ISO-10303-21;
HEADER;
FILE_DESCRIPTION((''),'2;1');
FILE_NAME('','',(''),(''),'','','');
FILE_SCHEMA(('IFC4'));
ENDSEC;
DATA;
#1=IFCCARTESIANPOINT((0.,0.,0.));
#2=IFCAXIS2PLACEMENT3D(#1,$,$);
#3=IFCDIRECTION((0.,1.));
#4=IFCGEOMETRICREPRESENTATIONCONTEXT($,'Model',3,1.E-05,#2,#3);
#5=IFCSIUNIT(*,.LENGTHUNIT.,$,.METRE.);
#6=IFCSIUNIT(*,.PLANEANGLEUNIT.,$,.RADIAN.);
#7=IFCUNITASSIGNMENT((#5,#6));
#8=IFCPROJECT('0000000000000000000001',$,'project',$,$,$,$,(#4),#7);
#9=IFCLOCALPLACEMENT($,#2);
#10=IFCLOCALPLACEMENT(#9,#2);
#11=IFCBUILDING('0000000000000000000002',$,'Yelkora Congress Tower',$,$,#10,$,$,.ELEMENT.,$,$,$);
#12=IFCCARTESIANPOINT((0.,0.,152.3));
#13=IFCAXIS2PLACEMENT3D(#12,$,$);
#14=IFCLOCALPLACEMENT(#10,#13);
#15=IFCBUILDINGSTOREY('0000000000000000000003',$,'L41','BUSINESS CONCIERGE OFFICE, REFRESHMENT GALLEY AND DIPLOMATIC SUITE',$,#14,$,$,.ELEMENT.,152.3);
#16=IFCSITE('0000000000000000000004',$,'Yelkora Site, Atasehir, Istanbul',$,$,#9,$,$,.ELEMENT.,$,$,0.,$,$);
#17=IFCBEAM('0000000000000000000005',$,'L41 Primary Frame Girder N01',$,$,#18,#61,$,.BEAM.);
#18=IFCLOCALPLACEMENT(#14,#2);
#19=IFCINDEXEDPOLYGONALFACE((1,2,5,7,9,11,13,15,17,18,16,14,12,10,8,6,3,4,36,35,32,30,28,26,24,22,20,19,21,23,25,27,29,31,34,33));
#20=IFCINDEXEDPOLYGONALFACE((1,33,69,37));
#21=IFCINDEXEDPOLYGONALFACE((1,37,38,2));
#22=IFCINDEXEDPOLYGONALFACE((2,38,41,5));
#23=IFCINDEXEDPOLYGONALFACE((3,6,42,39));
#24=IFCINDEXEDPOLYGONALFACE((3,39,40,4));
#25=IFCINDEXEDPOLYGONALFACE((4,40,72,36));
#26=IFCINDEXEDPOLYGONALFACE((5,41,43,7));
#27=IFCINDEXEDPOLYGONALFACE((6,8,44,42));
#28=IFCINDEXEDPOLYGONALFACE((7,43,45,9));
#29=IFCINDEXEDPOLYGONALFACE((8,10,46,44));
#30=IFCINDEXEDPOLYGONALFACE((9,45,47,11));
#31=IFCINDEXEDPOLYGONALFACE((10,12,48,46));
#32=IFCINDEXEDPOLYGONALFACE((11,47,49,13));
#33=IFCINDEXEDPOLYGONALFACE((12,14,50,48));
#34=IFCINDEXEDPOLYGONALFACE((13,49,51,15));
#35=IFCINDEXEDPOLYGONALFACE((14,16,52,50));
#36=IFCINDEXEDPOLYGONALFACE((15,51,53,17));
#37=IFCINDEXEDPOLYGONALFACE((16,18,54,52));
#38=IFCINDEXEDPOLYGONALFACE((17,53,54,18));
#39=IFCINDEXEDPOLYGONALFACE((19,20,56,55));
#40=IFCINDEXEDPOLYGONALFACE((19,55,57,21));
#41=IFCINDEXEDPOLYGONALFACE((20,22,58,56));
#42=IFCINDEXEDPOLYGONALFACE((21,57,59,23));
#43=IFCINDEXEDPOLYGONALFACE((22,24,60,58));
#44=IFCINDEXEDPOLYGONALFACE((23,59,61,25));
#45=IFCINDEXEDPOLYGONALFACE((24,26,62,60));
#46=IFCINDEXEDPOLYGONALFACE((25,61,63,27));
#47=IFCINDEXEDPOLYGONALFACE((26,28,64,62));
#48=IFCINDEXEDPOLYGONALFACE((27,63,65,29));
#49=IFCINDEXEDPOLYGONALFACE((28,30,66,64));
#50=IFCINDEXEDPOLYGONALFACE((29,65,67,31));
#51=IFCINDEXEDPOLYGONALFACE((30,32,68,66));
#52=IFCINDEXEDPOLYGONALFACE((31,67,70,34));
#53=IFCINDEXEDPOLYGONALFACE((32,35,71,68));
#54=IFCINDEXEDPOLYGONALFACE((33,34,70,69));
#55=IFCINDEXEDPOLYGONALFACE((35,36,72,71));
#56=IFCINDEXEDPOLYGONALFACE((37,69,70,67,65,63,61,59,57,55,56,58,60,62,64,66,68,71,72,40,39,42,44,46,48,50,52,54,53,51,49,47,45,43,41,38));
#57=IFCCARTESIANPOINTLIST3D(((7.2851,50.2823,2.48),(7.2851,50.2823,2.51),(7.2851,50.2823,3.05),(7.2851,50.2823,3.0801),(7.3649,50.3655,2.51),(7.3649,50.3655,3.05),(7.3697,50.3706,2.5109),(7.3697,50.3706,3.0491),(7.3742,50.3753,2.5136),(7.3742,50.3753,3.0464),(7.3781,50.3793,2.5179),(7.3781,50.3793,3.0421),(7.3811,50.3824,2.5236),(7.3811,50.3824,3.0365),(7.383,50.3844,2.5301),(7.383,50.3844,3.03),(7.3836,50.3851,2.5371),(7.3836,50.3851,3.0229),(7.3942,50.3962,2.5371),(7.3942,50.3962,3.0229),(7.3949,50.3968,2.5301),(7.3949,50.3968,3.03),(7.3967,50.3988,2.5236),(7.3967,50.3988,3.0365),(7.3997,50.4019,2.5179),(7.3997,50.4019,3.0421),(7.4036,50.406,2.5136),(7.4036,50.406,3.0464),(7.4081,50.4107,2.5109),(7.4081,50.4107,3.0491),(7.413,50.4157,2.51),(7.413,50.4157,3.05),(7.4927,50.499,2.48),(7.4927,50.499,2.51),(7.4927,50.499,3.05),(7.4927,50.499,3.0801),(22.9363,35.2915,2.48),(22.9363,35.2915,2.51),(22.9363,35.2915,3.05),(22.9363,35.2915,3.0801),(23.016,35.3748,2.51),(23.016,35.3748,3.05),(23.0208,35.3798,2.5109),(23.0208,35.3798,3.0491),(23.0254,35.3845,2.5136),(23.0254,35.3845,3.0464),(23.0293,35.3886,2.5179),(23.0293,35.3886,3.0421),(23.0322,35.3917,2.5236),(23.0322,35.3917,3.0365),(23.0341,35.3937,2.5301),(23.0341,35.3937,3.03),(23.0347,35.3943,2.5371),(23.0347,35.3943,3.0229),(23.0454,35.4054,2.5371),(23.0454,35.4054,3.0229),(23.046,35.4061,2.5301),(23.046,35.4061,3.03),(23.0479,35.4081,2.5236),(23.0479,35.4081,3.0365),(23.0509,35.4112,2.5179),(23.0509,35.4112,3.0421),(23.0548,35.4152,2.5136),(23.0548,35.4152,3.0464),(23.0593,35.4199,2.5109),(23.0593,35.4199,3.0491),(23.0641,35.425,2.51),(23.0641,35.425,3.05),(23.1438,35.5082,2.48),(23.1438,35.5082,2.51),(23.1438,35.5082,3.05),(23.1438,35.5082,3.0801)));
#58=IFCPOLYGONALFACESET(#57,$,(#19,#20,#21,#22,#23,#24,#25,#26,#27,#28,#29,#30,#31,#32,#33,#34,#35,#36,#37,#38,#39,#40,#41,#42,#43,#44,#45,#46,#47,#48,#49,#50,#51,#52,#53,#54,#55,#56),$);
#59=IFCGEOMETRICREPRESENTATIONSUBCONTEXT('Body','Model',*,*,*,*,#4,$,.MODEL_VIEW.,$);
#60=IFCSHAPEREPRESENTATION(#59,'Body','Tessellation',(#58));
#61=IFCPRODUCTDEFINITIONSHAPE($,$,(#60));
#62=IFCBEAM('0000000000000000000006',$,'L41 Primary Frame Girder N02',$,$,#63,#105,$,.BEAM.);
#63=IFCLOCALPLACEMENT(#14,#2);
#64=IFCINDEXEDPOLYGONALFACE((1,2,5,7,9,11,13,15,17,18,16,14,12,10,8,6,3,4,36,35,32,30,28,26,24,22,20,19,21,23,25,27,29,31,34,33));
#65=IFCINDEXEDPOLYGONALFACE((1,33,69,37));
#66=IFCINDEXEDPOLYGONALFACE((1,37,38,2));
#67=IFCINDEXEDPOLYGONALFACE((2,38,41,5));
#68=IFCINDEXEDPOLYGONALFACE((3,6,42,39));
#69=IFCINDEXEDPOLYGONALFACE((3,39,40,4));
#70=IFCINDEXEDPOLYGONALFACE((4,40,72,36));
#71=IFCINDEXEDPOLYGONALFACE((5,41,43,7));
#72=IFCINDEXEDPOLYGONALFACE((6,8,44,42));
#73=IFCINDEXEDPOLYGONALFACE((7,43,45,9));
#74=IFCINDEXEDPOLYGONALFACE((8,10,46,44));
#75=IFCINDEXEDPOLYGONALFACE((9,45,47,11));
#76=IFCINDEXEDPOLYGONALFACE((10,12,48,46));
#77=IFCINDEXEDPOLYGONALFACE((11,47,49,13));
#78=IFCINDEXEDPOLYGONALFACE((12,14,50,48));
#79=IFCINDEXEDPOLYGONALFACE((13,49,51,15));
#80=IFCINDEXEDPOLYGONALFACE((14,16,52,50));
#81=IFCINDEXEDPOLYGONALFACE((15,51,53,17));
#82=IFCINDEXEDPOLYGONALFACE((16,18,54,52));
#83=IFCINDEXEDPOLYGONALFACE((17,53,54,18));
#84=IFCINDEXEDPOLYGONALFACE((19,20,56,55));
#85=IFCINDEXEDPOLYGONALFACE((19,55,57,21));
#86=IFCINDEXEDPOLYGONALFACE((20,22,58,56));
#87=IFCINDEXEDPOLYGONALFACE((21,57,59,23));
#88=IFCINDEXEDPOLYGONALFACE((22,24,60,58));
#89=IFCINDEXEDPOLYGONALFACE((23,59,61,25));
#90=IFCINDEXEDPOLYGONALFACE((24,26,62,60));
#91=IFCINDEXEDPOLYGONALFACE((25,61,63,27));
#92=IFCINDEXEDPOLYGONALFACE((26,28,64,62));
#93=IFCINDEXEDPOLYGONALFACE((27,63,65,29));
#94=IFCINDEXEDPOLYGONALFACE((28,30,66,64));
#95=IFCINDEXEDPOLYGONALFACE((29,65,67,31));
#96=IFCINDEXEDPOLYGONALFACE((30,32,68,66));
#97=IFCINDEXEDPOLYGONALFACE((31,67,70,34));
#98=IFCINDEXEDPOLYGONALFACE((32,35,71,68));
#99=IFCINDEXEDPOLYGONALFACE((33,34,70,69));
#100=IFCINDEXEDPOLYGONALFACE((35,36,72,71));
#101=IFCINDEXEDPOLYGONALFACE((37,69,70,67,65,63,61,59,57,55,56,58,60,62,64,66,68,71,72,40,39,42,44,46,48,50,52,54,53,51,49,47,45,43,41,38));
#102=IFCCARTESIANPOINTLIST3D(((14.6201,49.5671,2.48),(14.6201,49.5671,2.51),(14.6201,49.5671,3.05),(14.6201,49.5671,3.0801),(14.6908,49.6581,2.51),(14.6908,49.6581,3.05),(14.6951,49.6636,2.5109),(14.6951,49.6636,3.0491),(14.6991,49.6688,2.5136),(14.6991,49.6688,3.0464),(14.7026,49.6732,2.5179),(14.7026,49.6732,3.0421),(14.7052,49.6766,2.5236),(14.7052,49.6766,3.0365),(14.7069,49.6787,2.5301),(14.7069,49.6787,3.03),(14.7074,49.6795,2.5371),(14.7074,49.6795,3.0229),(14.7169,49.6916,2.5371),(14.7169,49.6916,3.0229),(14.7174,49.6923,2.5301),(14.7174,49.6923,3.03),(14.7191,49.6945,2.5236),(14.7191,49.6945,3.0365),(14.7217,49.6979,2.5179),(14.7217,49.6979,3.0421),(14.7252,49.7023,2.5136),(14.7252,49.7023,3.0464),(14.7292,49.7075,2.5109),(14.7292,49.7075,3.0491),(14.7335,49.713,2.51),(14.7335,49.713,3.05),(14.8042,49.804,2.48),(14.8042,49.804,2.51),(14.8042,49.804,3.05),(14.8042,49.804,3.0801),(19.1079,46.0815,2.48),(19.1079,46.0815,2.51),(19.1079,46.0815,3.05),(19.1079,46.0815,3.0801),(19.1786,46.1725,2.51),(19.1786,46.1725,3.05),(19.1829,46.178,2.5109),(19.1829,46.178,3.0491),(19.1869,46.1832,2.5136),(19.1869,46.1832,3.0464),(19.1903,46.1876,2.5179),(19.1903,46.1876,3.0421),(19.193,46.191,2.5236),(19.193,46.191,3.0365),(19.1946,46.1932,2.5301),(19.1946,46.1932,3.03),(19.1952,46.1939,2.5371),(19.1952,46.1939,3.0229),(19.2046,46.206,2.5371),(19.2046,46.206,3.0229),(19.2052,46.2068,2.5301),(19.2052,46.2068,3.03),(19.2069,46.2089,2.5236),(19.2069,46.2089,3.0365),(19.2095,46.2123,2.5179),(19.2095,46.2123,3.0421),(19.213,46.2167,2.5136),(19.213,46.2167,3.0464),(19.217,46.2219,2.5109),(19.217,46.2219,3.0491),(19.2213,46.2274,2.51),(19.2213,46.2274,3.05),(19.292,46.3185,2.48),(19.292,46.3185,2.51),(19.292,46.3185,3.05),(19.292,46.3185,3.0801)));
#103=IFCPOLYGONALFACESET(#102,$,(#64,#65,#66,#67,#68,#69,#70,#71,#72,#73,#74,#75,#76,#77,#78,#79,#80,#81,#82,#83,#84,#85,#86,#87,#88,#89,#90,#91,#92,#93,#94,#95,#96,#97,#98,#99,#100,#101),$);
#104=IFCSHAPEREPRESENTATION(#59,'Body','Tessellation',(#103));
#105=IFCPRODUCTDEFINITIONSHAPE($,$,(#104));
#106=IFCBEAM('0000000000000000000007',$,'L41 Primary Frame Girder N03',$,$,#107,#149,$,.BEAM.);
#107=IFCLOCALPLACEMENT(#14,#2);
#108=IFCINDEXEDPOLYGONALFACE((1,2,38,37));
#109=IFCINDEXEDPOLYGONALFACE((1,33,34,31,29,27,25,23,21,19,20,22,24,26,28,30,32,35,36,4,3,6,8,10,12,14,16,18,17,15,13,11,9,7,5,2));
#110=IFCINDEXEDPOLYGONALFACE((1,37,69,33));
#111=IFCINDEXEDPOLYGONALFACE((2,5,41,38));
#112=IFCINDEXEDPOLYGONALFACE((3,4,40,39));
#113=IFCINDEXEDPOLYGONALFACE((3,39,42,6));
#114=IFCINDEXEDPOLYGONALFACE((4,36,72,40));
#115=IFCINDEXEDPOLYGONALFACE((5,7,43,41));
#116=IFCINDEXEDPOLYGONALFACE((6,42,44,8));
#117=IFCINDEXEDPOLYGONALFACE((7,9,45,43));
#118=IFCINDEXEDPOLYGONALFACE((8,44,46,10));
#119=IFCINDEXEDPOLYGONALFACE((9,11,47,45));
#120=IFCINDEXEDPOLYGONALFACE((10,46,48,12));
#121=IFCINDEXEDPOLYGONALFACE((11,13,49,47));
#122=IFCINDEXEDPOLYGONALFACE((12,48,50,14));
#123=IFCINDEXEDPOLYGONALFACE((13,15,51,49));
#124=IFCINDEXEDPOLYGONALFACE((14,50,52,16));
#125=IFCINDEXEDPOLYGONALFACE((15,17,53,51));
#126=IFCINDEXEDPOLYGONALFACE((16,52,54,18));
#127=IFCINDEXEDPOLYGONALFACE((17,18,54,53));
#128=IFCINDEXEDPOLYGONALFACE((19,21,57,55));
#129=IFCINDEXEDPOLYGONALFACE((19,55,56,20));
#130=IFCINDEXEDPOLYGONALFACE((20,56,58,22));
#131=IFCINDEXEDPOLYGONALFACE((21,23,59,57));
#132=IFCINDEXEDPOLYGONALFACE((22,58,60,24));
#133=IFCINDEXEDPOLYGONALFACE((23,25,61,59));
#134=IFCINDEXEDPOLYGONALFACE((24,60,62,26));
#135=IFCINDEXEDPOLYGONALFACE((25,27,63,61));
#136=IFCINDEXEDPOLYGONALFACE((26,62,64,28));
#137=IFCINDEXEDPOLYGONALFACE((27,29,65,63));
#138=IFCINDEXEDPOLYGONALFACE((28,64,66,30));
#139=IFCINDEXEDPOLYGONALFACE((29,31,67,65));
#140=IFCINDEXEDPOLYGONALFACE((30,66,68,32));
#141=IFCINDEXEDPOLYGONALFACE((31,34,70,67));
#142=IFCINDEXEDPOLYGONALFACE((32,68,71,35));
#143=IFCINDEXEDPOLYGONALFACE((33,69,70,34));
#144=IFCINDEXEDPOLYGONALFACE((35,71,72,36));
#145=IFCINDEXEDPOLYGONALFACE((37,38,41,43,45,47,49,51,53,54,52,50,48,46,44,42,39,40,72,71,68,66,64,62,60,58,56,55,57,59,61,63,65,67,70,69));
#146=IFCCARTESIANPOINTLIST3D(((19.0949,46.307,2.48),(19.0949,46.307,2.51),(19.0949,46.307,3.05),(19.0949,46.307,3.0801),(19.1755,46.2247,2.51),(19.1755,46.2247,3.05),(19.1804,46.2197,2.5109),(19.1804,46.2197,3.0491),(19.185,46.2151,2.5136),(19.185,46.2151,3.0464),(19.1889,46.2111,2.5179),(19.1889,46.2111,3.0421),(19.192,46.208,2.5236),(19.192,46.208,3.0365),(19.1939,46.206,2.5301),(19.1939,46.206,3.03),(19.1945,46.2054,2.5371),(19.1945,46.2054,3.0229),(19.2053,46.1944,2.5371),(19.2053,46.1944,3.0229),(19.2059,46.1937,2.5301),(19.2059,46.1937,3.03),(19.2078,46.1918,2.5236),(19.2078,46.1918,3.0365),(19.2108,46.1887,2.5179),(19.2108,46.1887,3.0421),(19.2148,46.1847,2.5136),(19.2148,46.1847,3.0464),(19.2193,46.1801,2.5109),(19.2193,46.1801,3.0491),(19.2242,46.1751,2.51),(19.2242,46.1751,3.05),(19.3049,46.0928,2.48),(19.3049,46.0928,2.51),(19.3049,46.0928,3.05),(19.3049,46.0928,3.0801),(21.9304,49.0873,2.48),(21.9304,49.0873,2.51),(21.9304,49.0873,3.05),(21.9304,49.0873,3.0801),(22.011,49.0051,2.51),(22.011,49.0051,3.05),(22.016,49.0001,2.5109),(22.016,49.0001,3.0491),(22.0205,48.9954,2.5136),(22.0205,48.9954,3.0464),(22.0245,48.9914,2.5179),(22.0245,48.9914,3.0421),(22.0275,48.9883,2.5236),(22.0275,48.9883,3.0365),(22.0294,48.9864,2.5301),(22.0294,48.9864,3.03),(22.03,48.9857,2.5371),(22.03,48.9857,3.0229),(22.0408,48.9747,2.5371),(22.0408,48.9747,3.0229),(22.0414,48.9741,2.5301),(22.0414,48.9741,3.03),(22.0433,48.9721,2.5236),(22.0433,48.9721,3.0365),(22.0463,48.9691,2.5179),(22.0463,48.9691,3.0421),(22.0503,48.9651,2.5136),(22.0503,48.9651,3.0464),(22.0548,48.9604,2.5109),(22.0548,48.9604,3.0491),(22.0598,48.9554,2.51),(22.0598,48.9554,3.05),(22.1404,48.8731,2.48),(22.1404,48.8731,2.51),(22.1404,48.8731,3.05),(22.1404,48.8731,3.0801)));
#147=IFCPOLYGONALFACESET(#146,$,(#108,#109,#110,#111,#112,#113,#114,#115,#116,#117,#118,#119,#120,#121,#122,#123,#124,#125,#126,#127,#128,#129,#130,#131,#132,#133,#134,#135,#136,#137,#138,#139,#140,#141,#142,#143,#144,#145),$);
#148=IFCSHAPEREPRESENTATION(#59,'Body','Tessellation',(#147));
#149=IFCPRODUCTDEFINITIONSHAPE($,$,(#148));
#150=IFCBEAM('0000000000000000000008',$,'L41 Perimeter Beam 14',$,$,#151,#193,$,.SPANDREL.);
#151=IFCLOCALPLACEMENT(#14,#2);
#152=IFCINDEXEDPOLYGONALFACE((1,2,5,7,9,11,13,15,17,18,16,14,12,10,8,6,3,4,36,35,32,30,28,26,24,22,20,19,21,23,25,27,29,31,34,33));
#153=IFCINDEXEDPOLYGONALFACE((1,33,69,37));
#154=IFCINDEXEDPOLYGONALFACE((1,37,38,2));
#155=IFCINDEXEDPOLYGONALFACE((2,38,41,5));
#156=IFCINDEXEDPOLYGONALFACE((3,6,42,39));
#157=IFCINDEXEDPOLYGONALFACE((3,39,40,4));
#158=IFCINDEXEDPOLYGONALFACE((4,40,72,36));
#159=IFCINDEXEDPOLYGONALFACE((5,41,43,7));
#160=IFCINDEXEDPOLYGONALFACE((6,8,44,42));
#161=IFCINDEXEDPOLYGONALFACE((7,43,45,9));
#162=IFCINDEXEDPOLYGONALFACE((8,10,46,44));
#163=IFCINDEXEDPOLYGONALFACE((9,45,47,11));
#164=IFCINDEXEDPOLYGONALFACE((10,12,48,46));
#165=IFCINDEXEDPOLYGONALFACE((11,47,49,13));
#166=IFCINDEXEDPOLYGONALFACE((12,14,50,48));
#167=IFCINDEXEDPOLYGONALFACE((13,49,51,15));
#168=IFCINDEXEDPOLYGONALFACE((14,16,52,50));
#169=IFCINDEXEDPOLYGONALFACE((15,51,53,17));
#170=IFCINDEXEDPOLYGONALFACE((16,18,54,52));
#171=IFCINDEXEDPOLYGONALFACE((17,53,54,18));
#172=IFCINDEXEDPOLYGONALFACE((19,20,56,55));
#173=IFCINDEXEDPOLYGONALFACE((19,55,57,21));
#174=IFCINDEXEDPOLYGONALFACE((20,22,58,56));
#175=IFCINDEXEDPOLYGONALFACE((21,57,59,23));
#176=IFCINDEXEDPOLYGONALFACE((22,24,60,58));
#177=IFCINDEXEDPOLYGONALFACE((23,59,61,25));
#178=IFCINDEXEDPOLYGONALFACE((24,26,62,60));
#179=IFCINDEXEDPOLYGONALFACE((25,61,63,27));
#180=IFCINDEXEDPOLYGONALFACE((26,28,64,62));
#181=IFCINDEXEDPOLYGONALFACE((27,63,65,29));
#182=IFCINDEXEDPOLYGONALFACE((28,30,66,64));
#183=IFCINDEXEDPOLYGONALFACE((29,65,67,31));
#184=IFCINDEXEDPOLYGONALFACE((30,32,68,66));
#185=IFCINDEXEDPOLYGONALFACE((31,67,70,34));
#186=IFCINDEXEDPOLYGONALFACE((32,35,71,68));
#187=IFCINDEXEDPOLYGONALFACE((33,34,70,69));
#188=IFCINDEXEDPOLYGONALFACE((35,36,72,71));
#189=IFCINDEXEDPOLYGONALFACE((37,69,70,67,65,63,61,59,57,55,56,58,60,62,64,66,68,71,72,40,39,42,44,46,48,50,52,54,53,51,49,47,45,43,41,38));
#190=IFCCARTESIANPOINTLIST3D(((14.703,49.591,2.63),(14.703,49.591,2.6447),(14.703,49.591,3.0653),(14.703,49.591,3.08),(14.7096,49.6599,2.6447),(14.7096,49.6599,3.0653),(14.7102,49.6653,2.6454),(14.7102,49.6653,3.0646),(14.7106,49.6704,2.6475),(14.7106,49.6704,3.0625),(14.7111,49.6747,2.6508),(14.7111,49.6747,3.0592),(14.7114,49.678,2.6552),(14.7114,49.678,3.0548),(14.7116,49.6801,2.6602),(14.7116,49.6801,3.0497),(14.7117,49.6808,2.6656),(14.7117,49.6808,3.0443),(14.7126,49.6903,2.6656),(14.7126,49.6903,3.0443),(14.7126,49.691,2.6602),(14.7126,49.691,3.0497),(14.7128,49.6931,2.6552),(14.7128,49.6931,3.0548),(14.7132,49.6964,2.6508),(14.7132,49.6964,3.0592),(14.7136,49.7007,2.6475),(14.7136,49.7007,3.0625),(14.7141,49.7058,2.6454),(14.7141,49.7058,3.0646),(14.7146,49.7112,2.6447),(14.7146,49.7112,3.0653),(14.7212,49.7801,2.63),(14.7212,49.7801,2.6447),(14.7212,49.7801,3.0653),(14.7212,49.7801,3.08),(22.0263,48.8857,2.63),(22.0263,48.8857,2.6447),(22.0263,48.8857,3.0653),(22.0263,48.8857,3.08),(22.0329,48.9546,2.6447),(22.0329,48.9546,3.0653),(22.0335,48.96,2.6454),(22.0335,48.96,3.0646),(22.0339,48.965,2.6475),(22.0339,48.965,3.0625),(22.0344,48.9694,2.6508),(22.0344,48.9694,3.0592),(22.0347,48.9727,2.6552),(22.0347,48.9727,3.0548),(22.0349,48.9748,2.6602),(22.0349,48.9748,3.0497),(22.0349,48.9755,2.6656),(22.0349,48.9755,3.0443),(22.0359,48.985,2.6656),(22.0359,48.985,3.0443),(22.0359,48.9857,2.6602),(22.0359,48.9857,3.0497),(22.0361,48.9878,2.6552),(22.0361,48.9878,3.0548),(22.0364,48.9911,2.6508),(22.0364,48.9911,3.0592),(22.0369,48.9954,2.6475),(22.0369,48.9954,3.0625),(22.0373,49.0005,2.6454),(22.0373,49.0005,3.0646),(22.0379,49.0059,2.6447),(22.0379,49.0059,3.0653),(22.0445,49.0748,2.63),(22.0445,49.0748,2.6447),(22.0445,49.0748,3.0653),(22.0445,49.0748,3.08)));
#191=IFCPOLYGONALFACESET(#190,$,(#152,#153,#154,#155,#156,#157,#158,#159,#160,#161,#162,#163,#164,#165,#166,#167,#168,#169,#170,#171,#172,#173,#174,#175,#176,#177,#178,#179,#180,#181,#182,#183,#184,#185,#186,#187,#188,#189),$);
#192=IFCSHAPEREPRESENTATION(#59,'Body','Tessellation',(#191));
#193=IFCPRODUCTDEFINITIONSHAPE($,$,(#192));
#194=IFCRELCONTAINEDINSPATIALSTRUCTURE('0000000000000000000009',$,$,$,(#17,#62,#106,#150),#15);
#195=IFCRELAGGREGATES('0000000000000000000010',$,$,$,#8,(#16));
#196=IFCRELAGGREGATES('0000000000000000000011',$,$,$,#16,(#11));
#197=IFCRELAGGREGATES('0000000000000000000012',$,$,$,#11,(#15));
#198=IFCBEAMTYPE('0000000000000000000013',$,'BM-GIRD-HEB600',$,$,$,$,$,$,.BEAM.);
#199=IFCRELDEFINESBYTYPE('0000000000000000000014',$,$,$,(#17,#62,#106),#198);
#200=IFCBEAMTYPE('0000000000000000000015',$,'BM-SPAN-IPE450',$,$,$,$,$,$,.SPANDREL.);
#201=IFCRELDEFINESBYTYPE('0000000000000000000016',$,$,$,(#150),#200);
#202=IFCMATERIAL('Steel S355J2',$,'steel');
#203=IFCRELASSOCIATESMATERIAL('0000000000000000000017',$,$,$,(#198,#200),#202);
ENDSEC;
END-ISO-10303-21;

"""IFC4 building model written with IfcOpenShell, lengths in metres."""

from ifc_helpers import new_model, si_unit, direction, frame, origin, origin_2d, place, context, subcontext, project, spatial, i_section, extrude, material, material_profile, profile_set, type_object, element, save


model = new_model("IFC4")

# Units and contexts
model_context = context("Model", 3, precision=1e-05, world=origin(), true_north=direction((0.0, 1.0)))
body_context = subcontext(model_context, "Body", "Model", "MODEL_VIEW")
ifc_project = project(units=[si_unit("LENGTHUNIT", "METRE"), si_unit("PLANEANGLEUNIT", "RADIAN")], contexts=[model_context])

# Site, building, storey
site_placement = place(None, origin())
site = spatial("IfcSite", under=ifc_project, at=site_placement, Name="Yelkora Site, Atasehir, Istanbul", CompositionType="ELEMENT", RefElevation=0.0)
building_placement = place(site_placement, origin())
building = spatial("IfcBuilding", under=site, at=building_placement, Name="Yelkora Congress Tower", CompositionType="ELEMENT")
storey_placement = place(building_placement, frame((0.0, 0.0, 152.3)))
storey = spatial("IfcBuildingStorey", under=building, at=storey_placement, Name="L41", Description="BUSINESS CONCIERGE OFFICE, REFRESHMENT GALLEY AND DIPLOMATIC SUITE", CompositionType="ELEMENT", Elevation=152.3)

# Beams
ifc_material_1 = material(Name="Steel S355J2", Category="steel")
ifc_material_profile_1 = material_profile(ifc_material_1, i_section(OverallWidth=0.3, OverallDepth=0.6001, WebThickness=0.0154, FlangeThickness=0.03, FilletRadius=0.0271, at=origin_2d()), Name="HEB 600")
ifc_profile_set_1 = profile_set([ifc_material_profile_1], Name="Steel S355J2")
beam_type_1 = type_object("IfcBeamType", Name="BM-GIRD-HEB600", PredefinedType="BEAM", material=ifc_profile_set_1)
beam_1_placement = place(storey_placement, frame((7.3889, 50.3906, 2.78), z_axis=(0.722179, -0.691706, 0.0), x_axis=(0.691706, 0.722179, 0.0)))
element("IfcBeam", 1, at=beam_1_placement, inside=storey, type_object=beam_type_1, Name="L41 Primary Frame Girder N01", PredefinedType="BEAM", context=body_context, shape_type="SweptSolid", body=[
    extrude(i_section(OverallWidth=0.3, OverallDepth=0.6001, WebThickness=0.0154, FlangeThickness=0.03, FilletRadius=0.0271, at=origin_2d()), origin(), (0.0, 0.0, 1.0), 21.6721),
])
beam_2_placement = place(storey_placement, frame((14.7122, 49.6855, 2.78), z_axis=(0.789771, -0.613402, 0.0), x_axis=(0.613402, 0.789771, 0.0)))
element("IfcBeam", 2, at=beam_2_placement, inside=storey, type_object=beam_type_1, Name="L41 Primary Frame Girder N02", PredefinedType="BEAM", context=body_context, shape_type="SweptSolid", body=[
    extrude(i_section(OverallWidth=0.3, OverallDepth=0.6001, WebThickness=0.0154, FlangeThickness=0.03, FilletRadius=0.0271, at=origin_2d()), origin(), (0.0, 0.0, 1.0), 5.6824),
])
beam_3_placement = place(storey_placement, frame((22.0354, 48.9802, 2.78), z_axis=(-0.71402, -0.700126, 0.0), x_axis=(0.700126, -0.71402, 0.0)))
element("IfcBeam", 3, at=beam_3_placement, inside=storey, type_object=beam_type_1, Name="L41 Primary Frame Girder N03", PredefinedType="BEAM", context=body_context, shape_type="SweptSolid", body=[
    extrude(i_section(OverallWidth=0.3, OverallDepth=0.6001, WebThickness=0.0154, FlangeThickness=0.03, FilletRadius=0.0271, at=origin_2d()), origin(), (0.0, 0.0, 1.0), 3.9712),
])
ifc_material_profile_2 = material_profile(ifc_material_1, i_section(OverallWidth=0.1899, OverallDepth=0.45, WebThickness=0.0095, FlangeThickness=0.0146, FilletRadius=0.021, at=origin_2d()), Name="IPE 450")
ifc_profile_set_2 = profile_set([ifc_material_profile_2], Name="Steel S355J2")
beam_type_2 = type_object("IfcBeamType", Name="BM-SPAN-IPE450", PredefinedType="SPANDREL", material=ifc_profile_set_2)
for number, where, z_axis, x_axis, name in (
    (4, (22.0354, 48.9802, 2.855), (-0.995394, 0.095869, 0.0), (-0.095869, -0.995394, 0.0), "L41 Perimeter Beam 14"),
):
    element("IfcBeam", number, at=place(storey_placement, frame(where, z_axis=z_axis, x_axis=x_axis)), inside=storey, type_object=beam_type_2, Name=name, PredefinedType="SPANDREL", context=body_context, shape_type="SweptSolid", body=[
        extrude(i_section(OverallWidth=0.1899, OverallDepth=0.45, WebThickness=0.0095, FlangeThickness=0.0146, FilletRadius=0.021, at=origin_2d()), origin(), (0.0, 0.0, 1.0), 7.3572),
    ])

save(model, "model.ifc")
